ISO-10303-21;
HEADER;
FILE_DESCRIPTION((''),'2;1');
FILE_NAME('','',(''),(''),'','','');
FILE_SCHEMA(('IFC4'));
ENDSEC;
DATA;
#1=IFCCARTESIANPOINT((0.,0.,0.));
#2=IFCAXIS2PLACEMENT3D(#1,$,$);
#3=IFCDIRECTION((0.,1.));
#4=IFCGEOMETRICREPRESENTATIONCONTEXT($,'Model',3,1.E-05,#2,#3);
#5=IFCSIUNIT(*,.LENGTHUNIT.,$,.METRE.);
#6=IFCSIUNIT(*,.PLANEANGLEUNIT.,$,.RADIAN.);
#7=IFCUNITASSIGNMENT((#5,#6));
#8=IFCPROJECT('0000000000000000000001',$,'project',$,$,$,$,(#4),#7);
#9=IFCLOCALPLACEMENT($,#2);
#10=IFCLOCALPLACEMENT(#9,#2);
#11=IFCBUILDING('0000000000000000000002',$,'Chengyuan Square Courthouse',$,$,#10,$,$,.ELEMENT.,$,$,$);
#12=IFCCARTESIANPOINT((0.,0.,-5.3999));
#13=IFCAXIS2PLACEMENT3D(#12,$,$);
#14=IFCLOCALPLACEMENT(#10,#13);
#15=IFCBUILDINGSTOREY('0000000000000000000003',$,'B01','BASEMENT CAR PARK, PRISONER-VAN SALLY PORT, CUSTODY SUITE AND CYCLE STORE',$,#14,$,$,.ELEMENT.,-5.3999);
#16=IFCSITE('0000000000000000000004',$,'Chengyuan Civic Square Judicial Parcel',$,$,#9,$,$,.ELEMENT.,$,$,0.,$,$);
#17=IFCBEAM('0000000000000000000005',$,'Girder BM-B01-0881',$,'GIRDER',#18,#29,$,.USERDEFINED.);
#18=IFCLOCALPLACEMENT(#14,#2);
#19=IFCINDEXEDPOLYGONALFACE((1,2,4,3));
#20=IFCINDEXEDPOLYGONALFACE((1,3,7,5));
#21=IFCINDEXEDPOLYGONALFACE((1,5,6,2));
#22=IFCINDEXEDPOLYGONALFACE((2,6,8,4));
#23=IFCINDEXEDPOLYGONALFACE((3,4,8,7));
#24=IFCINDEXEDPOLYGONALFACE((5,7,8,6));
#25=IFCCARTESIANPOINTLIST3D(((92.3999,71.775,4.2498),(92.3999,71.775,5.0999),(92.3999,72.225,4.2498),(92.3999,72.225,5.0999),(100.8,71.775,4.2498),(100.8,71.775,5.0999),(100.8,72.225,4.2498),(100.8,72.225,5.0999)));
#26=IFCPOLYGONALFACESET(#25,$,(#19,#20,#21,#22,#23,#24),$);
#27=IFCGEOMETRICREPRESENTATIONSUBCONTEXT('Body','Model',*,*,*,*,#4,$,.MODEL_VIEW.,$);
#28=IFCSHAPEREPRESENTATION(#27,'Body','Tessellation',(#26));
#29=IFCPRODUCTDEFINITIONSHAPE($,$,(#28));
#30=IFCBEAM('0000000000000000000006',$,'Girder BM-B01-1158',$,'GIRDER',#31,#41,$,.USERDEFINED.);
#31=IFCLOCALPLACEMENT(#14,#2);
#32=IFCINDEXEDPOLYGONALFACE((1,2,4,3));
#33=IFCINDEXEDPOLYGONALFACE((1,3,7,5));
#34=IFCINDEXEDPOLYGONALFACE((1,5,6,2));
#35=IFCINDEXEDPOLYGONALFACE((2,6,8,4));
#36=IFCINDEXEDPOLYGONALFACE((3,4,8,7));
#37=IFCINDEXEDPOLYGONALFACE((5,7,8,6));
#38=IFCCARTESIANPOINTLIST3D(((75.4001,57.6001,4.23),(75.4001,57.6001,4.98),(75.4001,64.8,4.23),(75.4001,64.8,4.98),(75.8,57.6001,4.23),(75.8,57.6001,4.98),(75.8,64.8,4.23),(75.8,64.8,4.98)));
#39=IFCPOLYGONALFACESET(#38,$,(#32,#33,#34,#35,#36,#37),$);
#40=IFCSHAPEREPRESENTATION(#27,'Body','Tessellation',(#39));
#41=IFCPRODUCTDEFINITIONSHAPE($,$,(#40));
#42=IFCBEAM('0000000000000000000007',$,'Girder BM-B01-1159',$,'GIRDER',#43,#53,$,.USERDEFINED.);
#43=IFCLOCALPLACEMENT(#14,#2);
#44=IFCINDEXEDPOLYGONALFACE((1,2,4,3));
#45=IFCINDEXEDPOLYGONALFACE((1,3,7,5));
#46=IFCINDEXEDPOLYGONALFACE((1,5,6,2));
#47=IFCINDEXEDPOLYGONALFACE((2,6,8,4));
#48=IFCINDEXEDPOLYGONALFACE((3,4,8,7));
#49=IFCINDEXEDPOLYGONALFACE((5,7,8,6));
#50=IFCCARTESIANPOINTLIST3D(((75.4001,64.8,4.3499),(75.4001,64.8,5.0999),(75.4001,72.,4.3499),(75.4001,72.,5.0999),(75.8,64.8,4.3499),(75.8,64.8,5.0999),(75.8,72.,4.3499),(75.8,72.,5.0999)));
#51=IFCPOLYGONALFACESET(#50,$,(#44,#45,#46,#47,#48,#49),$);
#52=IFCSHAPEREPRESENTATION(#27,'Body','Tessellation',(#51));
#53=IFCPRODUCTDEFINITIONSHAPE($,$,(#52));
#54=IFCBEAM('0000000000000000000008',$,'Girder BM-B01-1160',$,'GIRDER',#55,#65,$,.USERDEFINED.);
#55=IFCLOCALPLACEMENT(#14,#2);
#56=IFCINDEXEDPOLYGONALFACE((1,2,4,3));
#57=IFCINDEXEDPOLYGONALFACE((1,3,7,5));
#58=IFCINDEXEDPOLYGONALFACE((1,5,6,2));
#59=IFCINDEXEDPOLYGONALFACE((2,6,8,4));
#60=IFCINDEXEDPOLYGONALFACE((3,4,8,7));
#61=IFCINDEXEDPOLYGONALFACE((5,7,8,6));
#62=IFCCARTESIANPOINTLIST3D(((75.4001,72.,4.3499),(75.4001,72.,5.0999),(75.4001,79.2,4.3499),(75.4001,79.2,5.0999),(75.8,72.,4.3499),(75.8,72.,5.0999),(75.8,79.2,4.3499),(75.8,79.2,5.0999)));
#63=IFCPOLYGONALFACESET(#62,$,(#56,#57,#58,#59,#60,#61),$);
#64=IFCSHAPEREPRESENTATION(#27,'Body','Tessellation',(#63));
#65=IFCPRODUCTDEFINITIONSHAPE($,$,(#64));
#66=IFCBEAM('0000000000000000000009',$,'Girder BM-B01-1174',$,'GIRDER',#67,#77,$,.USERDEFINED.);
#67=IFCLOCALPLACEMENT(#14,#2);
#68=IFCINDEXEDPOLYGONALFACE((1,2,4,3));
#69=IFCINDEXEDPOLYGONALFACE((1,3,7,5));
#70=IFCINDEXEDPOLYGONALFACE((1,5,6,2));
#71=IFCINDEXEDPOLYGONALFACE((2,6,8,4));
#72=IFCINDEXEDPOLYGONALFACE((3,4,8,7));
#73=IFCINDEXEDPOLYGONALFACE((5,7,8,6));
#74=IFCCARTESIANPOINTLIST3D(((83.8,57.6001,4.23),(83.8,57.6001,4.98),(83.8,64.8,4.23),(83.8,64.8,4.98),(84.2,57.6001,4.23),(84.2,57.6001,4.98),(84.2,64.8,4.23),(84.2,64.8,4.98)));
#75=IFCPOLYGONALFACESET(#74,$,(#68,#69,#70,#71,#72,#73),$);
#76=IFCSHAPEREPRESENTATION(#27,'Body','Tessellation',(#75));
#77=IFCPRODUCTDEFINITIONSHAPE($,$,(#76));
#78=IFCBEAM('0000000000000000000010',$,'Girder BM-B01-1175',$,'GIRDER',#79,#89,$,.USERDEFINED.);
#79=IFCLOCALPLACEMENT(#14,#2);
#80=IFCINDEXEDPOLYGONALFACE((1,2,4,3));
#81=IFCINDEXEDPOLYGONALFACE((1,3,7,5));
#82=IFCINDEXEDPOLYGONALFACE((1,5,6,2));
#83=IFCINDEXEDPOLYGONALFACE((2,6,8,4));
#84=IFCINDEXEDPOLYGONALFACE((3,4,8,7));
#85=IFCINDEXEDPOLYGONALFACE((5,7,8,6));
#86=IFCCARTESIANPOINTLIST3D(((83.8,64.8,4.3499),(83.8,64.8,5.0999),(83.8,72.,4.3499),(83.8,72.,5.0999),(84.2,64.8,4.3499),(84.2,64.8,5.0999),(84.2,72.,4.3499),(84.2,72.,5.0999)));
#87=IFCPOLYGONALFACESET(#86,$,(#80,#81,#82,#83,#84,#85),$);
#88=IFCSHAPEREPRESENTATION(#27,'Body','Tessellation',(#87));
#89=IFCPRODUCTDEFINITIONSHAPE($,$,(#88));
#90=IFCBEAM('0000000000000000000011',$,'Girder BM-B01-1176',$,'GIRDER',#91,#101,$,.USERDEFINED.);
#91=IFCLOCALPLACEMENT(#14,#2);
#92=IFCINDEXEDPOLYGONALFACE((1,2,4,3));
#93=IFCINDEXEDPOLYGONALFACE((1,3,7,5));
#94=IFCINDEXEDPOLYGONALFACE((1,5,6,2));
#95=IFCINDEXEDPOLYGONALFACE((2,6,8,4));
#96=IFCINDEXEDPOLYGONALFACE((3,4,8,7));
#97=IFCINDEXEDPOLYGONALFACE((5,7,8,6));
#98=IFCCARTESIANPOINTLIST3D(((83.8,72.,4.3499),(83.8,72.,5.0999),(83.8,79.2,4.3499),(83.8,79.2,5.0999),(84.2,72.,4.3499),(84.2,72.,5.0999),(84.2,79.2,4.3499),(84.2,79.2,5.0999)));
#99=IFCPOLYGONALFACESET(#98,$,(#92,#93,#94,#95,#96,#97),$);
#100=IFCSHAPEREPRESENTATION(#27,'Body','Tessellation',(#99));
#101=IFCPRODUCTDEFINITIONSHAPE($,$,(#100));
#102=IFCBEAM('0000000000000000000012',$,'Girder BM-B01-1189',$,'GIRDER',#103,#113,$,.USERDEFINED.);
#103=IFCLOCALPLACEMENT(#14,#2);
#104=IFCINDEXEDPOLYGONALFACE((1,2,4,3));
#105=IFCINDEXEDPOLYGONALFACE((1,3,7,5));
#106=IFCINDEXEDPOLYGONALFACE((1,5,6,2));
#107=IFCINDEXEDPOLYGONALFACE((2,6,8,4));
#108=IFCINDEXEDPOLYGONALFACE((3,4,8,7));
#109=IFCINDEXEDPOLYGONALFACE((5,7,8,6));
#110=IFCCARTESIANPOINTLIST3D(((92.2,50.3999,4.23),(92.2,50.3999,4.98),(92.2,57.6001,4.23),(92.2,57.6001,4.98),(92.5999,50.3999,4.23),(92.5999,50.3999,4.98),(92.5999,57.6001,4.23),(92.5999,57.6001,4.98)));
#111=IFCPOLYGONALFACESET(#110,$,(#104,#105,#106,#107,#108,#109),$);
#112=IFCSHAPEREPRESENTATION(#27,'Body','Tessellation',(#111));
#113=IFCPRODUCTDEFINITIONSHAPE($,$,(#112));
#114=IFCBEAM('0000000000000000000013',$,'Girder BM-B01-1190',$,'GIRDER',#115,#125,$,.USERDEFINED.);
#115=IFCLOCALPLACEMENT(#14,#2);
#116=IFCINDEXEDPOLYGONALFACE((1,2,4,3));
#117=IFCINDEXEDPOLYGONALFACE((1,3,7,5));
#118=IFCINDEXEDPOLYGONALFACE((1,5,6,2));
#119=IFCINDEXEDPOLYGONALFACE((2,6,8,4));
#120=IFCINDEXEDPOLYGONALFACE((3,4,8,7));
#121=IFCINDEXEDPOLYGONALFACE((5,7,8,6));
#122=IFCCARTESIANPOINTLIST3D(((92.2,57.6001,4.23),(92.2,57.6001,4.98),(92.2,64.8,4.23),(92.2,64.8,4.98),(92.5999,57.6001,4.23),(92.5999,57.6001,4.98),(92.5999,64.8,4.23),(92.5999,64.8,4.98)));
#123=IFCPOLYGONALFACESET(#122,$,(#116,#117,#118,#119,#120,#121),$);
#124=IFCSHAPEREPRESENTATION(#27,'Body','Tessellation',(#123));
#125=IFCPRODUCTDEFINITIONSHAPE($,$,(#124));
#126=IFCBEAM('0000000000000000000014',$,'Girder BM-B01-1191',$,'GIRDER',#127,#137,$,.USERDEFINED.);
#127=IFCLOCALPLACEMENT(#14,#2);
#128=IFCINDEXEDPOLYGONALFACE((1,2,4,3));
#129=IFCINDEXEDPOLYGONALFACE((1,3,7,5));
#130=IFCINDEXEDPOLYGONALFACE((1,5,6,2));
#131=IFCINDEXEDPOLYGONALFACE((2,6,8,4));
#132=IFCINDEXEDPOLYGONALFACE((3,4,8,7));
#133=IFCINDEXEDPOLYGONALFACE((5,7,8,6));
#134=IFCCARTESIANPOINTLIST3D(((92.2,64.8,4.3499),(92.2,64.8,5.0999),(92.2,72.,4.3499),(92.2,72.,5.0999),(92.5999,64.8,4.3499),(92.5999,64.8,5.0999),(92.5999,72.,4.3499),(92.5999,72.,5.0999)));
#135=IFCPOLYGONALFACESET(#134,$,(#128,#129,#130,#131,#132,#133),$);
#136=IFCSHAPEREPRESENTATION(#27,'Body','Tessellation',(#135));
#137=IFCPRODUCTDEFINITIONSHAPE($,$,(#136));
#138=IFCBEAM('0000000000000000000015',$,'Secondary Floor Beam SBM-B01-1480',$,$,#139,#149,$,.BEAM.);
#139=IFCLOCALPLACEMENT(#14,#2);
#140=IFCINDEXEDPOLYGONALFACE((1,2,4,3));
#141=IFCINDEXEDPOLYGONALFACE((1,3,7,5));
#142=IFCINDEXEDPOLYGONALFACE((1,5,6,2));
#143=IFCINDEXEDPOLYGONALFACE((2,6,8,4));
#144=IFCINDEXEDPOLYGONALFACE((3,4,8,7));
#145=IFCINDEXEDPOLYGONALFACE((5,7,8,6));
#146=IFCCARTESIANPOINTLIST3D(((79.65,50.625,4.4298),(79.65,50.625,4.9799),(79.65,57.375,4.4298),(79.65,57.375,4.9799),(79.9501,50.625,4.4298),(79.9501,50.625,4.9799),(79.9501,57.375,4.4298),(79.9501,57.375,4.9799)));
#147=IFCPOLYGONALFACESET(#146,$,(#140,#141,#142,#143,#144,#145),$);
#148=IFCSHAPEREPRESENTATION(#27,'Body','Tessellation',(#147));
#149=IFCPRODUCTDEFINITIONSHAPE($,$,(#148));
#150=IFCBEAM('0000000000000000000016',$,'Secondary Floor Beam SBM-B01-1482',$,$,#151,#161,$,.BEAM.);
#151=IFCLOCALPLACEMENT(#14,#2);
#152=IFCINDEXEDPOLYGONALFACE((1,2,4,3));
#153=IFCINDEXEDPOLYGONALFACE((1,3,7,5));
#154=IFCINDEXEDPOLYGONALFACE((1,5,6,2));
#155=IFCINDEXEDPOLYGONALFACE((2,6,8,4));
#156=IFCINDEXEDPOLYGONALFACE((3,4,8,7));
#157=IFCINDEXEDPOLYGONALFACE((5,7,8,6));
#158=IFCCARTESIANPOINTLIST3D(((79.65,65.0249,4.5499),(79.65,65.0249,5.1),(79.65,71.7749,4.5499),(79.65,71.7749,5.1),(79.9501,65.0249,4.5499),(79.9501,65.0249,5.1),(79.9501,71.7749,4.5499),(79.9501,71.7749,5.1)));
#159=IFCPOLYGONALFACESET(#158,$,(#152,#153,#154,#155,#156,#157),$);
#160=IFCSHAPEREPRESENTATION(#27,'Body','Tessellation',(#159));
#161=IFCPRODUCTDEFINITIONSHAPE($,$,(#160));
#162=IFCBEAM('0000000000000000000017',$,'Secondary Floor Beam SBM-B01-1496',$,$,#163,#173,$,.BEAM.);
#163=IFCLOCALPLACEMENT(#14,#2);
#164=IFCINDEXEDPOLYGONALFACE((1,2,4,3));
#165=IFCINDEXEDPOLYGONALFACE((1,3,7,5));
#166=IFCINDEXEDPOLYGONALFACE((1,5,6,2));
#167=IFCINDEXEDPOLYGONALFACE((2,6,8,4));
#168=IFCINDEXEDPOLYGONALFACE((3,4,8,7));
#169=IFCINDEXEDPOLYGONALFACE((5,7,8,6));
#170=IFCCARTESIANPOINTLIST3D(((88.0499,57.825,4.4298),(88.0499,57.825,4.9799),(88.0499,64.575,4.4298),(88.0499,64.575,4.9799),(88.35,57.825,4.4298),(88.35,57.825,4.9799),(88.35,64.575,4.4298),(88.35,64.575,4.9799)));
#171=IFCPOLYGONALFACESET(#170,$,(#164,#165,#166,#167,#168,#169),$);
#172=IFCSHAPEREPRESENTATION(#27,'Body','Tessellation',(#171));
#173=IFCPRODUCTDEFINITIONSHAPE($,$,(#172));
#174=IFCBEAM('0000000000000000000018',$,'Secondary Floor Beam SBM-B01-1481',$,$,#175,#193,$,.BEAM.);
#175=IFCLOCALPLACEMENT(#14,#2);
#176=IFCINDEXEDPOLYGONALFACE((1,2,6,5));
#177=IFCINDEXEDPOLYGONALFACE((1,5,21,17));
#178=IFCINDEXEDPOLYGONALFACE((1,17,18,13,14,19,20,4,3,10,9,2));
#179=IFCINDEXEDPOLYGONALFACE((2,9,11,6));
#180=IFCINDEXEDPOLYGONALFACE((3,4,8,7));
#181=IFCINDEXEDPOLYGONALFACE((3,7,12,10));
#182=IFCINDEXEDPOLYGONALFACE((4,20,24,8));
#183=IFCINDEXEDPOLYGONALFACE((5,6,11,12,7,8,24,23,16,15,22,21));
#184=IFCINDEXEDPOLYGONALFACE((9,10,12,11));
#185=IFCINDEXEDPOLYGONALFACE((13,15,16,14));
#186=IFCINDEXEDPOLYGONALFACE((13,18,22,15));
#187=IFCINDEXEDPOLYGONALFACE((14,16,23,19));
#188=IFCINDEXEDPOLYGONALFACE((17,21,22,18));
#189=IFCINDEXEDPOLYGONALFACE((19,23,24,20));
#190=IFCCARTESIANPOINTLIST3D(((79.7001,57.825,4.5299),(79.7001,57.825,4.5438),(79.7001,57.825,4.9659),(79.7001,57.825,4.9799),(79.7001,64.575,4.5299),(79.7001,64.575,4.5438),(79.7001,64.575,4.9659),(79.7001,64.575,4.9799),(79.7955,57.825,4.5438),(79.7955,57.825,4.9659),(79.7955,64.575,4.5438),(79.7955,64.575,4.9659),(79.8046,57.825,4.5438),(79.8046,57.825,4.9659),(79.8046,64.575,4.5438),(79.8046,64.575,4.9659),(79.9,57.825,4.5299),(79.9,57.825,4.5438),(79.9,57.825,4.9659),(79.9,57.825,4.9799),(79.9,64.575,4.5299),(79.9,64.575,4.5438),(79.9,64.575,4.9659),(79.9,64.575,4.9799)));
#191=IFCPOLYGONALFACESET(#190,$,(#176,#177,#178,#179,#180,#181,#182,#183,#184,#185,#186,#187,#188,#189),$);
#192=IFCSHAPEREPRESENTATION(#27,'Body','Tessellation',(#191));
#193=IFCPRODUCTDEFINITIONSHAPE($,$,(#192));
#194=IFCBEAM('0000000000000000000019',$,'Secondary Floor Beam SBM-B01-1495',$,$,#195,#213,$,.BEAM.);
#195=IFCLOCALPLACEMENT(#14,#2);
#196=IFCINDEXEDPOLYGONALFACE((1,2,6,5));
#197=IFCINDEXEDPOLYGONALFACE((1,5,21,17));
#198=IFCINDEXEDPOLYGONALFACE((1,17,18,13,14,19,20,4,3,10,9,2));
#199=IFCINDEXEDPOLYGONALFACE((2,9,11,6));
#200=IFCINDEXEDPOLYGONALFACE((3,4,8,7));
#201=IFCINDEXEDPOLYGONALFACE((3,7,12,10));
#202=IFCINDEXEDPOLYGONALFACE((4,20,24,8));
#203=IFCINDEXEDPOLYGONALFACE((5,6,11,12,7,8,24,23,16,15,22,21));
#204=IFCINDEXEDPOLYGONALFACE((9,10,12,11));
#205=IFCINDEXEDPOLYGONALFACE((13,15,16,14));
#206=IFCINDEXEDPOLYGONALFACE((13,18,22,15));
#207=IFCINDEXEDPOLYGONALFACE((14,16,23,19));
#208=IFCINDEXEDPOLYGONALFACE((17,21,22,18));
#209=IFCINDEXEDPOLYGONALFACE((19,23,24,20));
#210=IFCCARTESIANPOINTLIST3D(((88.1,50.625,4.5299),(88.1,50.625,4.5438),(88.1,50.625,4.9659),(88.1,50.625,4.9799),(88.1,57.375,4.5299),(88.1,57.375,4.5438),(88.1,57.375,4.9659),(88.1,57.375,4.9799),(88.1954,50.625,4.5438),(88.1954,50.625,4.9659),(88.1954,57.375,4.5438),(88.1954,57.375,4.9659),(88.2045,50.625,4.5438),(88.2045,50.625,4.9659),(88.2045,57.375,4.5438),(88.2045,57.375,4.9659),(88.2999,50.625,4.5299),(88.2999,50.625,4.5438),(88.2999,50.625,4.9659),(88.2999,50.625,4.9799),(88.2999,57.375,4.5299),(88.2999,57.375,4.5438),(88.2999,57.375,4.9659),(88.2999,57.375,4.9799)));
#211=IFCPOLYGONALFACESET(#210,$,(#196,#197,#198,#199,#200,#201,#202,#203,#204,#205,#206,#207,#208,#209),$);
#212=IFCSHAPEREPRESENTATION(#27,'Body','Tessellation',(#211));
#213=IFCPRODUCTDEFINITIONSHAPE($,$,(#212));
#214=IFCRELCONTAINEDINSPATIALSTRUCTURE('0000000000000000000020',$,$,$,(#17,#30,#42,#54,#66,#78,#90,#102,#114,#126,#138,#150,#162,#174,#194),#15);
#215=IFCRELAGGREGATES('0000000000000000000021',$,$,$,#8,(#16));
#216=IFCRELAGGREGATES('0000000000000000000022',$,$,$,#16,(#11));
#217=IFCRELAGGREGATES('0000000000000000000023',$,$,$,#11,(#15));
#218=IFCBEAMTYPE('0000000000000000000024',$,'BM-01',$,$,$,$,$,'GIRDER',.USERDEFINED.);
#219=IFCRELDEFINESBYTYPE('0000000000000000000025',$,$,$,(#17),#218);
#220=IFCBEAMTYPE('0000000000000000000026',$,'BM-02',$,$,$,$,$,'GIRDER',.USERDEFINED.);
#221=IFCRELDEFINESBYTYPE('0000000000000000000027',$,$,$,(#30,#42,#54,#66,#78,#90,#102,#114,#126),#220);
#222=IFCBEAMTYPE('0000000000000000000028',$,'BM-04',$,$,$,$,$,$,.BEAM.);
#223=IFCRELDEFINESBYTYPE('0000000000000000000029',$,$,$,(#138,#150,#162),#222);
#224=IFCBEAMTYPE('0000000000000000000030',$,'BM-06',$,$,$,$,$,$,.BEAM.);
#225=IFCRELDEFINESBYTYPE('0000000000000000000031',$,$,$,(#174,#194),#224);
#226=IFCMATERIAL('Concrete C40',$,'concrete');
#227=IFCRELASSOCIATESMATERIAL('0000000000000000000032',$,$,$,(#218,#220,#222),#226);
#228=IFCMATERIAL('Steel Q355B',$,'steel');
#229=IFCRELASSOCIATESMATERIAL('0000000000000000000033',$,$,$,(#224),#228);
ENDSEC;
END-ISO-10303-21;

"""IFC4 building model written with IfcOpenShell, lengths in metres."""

from ifc_helpers import new_model, si_unit, direction, frame, origin, origin_2d, place, context, subcontext, project, spatial, rectangle, i_section, extrude, material, material_profile, profile_set, type_object, element, save


model = new_model("IFC4")

# Units and contexts
model_context = context("Model", 3, precision=1e-05, world=origin(), true_north=direction((0.0, 1.0)))
body_context = subcontext(model_context, "Body", "Model", "MODEL_VIEW")
ifc_project = project(units=[si_unit("LENGTHUNIT", "METRE"), si_unit("PLANEANGLEUNIT", "RADIAN")], contexts=[model_context])

# Site, building, storey
site_placement = place(None, origin())
site = spatial("IfcSite", under=ifc_project, at=site_placement, Name="Chengyuan Civic Square Judicial Parcel", CompositionType="ELEMENT", RefElevation=0.0)
building_placement = place(site_placement, origin())
building = spatial("IfcBuilding", under=site, at=building_placement, Name="Chengyuan Square Courthouse", CompositionType="ELEMENT")
storey_placement = place(building_placement, frame((0.0, 0.0, -5.3999)))
storey = spatial("IfcBuildingStorey", under=building, at=storey_placement, Name="B01", Description="BASEMENT CAR PARK, PRISONER-VAN SALLY PORT, CUSTODY SUITE AND CYCLE STORE", CompositionType="ELEMENT", Elevation=-5.3999)

# Beams
ifc_material_1 = material(Name="Concrete C40", Category="concrete")
ifc_material_profile_1 = material_profile(ifc_material_1, rectangle(XDim=0.45, YDim=0.8501, at=origin_2d()), Name="RC-BM-450x850")
ifc_profile_set_1 = profile_set([ifc_material_profile_1], Name="Concrete C40")
beam_type_1 = type_object("IfcBeamType", Name="BM-01", ElementType="GIRDER", PredefinedType="USERDEFINED", material=ifc_profile_set_1)
beam_1_placement = place(storey_placement, frame((92.3999, 72.0, 4.6748), z_axis=(1.0, 0.0, 0.0), x_axis=(0.0, 1.0, 0.0)))
element("IfcBeam", 1, at=beam_1_placement, inside=storey, type_object=beam_type_1, Name="Girder BM-B01-0881", ObjectType="GIRDER", PredefinedType="USERDEFINED", context=body_context, shape_type="SweptSolid", body=[
    extrude(rectangle(XDim=0.45, YDim=0.8501, at=origin_2d()), origin(), (0.0, 0.0, 1.0), 8.4001),
])
ifc_material_profile_2 = material_profile(ifc_material_1, rectangle(XDim=0.3999, YDim=0.75, at=origin_2d()), Name="RC-BM-400x750")
ifc_profile_set_2 = profile_set([ifc_material_profile_2], Name="Concrete C40")
beam_type_2 = type_object("IfcBeamType", Name="BM-02", ElementType="GIRDER", PredefinedType="USERDEFINED", material=ifc_profile_set_2)
for number, where, z_axis, x_axis, name in (
    (2, (75.6001, 57.6001, 4.605), (0.0, 1.0, 0.0), (-1.0, 0.0, 0.0), "Girder BM-B01-1158"),
    (3, (75.6001, 64.8, 4.7249), (0.0, 1.0, 0.0), (-1.0, 0.0, 0.0), "Girder BM-B01-1159"),
    (4, (75.6001, 72.0, 4.7249), (0.0, 1.0, 0.0), (-1.0, 0.0, 0.0), "Girder BM-B01-1160"),
    (5, (84.0, 57.6001, 4.605), (0.0, 1.0, 0.0), (-1.0, 0.0, 0.0), "Girder BM-B01-1174"),
    (6, (84.0, 64.8, 4.7249), (0.0, 1.0, 0.0), (-1.0, 0.0, 0.0), "Girder BM-B01-1175"),
    (7, (84.0, 72.0, 4.7249), (0.0, 1.0, 0.0), (-1.0, 0.0, 0.0), "Girder BM-B01-1176"),
):
    element("IfcBeam", number, at=place(storey_placement, frame(where, z_axis=z_axis, x_axis=x_axis)), inside=storey, type_object=beam_type_2, Name=name, ObjectType="GIRDER", PredefinedType="USERDEFINED", context=body_context, shape_type="SweptSolid", body=[
        extrude(rectangle(XDim=0.3999, YDim=0.75, at=origin_2d()), origin(), (0.0, 0.0, 1.0), 7.2),
    ])
beam_2_placement = place(storey_placement, frame((92.3999, 50.3999, 4.605), z_axis=(0.0, 1.0, 0.0), x_axis=(-1.0, 0.0, 0.0)))
element("IfcBeam", 8, at=beam_2_placement, inside=storey, type_object=beam_type_2, Name="Girder BM-B01-1189", ObjectType="GIRDER", PredefinedType="USERDEFINED", context=body_context, shape_type="SweptSolid", body=[
    extrude(rectangle(XDim=0.3999, YDim=0.75, at=origin_2d()), origin(), (0.0, 0.0, 1.0), 7.2002),
])
for number, where, z_axis, x_axis, name in (
    (9, (92.3999, 57.6001, 4.605), (0.0, 1.0, 0.0), (-1.0, 0.0, 0.0), "Girder BM-B01-1190"),
    (10, (92.3999, 64.8, 4.7249), (0.0, 1.0, 0.0), (-1.0, 0.0, 0.0), "Girder BM-B01-1191"),
):
    element("IfcBeam", number, at=place(storey_placement, frame(where, z_axis=z_axis, x_axis=x_axis)), inside=storey, type_object=beam_type_2, Name=name, ObjectType="GIRDER", PredefinedType="USERDEFINED", context=body_context, shape_type="SweptSolid", body=[
        extrude(rectangle(XDim=0.3999, YDim=0.75, at=origin_2d()), origin(), (0.0, 0.0, 1.0), 7.2),
    ])
ifc_material_profile_3 = material_profile(ifc_material_1, rectangle(XDim=0.3, YDim=0.55, at=origin_2d()), Name="RC-BM-300x550")
ifc_profile_set_3 = profile_set([ifc_material_profile_3], Name="Concrete C40")
beam_type_3 = type_object("IfcBeamType", Name="BM-04", PredefinedType="BEAM", material=ifc_profile_set_3)
for number, where, z_axis, x_axis, name in (
    (11, (79.8, 50.625, 4.7048), (0.0, 1.0, 0.0), (-1.0, 0.0, 0.0), "Secondary Floor Beam SBM-B01-1480"),
    (12, (79.8, 65.0249, 4.825), (0.0, 1.0, 0.0), (-1.0, 0.0, 0.0), "Secondary Floor Beam SBM-B01-1482"),
    (13, (88.2, 57.825, 4.7048), (0.0, 1.0, 0.0), (-1.0, 0.0, 0.0), "Secondary Floor Beam SBM-B01-1496"),
):
    element("IfcBeam", number, at=place(storey_placement, frame(where, z_axis=z_axis, x_axis=x_axis)), inside=storey, type_object=beam_type_3, Name=name, PredefinedType="BEAM", context=body_context, shape_type="SweptSolid", body=[
        extrude(rectangle(XDim=0.3, YDim=0.55, at=origin_2d()), origin(), (0.0, 0.0, 1.0), 6.75),
    ])
ifc_material_2 = material(Name="Steel Q355B", Category="steel")
ifc_material_profile_4 = material_profile(ifc_material_2, i_section(OverallWidth=0.2, OverallDepth=0.45, WebThickness=0.009, FlangeThickness=0.0139, at=origin_2d()), Name="HN 450x200x9x14")
ifc_profile_set_4 = profile_set([ifc_material_profile_4], Name="Steel Q355B")
beam_type_4 = type_object("IfcBeamType", Name="BM-06", PredefinedType="BEAM", material=ifc_profile_set_4)
for number, where, z_axis, x_axis, name in (
    (14, (79.8, 57.825, 4.7549), (0.0, 1.0, 0.0), (-1.0, 0.0, 0.0), "Secondary Floor Beam SBM-B01-1481"),
    (15, (88.2, 50.625, 4.7549), (0.0, 1.0, 0.0), (-1.0, 0.0, 0.0), "Secondary Floor Beam SBM-B01-1495"),
):
    element("IfcBeam", number, at=place(storey_placement, frame(where, z_axis=z_axis, x_axis=x_axis)), inside=storey, type_object=beam_type_4, Name=name, PredefinedType="BEAM", context=body_context, shape_type="SweptSolid", body=[
        extrude(i_section(OverallWidth=0.2, OverallDepth=0.45, WebThickness=0.009, FlangeThickness=0.0139, at=origin_2d()), origin(), (0.0, 0.0, 1.0), 6.75),
    ])

save(model, "model.ifc")
